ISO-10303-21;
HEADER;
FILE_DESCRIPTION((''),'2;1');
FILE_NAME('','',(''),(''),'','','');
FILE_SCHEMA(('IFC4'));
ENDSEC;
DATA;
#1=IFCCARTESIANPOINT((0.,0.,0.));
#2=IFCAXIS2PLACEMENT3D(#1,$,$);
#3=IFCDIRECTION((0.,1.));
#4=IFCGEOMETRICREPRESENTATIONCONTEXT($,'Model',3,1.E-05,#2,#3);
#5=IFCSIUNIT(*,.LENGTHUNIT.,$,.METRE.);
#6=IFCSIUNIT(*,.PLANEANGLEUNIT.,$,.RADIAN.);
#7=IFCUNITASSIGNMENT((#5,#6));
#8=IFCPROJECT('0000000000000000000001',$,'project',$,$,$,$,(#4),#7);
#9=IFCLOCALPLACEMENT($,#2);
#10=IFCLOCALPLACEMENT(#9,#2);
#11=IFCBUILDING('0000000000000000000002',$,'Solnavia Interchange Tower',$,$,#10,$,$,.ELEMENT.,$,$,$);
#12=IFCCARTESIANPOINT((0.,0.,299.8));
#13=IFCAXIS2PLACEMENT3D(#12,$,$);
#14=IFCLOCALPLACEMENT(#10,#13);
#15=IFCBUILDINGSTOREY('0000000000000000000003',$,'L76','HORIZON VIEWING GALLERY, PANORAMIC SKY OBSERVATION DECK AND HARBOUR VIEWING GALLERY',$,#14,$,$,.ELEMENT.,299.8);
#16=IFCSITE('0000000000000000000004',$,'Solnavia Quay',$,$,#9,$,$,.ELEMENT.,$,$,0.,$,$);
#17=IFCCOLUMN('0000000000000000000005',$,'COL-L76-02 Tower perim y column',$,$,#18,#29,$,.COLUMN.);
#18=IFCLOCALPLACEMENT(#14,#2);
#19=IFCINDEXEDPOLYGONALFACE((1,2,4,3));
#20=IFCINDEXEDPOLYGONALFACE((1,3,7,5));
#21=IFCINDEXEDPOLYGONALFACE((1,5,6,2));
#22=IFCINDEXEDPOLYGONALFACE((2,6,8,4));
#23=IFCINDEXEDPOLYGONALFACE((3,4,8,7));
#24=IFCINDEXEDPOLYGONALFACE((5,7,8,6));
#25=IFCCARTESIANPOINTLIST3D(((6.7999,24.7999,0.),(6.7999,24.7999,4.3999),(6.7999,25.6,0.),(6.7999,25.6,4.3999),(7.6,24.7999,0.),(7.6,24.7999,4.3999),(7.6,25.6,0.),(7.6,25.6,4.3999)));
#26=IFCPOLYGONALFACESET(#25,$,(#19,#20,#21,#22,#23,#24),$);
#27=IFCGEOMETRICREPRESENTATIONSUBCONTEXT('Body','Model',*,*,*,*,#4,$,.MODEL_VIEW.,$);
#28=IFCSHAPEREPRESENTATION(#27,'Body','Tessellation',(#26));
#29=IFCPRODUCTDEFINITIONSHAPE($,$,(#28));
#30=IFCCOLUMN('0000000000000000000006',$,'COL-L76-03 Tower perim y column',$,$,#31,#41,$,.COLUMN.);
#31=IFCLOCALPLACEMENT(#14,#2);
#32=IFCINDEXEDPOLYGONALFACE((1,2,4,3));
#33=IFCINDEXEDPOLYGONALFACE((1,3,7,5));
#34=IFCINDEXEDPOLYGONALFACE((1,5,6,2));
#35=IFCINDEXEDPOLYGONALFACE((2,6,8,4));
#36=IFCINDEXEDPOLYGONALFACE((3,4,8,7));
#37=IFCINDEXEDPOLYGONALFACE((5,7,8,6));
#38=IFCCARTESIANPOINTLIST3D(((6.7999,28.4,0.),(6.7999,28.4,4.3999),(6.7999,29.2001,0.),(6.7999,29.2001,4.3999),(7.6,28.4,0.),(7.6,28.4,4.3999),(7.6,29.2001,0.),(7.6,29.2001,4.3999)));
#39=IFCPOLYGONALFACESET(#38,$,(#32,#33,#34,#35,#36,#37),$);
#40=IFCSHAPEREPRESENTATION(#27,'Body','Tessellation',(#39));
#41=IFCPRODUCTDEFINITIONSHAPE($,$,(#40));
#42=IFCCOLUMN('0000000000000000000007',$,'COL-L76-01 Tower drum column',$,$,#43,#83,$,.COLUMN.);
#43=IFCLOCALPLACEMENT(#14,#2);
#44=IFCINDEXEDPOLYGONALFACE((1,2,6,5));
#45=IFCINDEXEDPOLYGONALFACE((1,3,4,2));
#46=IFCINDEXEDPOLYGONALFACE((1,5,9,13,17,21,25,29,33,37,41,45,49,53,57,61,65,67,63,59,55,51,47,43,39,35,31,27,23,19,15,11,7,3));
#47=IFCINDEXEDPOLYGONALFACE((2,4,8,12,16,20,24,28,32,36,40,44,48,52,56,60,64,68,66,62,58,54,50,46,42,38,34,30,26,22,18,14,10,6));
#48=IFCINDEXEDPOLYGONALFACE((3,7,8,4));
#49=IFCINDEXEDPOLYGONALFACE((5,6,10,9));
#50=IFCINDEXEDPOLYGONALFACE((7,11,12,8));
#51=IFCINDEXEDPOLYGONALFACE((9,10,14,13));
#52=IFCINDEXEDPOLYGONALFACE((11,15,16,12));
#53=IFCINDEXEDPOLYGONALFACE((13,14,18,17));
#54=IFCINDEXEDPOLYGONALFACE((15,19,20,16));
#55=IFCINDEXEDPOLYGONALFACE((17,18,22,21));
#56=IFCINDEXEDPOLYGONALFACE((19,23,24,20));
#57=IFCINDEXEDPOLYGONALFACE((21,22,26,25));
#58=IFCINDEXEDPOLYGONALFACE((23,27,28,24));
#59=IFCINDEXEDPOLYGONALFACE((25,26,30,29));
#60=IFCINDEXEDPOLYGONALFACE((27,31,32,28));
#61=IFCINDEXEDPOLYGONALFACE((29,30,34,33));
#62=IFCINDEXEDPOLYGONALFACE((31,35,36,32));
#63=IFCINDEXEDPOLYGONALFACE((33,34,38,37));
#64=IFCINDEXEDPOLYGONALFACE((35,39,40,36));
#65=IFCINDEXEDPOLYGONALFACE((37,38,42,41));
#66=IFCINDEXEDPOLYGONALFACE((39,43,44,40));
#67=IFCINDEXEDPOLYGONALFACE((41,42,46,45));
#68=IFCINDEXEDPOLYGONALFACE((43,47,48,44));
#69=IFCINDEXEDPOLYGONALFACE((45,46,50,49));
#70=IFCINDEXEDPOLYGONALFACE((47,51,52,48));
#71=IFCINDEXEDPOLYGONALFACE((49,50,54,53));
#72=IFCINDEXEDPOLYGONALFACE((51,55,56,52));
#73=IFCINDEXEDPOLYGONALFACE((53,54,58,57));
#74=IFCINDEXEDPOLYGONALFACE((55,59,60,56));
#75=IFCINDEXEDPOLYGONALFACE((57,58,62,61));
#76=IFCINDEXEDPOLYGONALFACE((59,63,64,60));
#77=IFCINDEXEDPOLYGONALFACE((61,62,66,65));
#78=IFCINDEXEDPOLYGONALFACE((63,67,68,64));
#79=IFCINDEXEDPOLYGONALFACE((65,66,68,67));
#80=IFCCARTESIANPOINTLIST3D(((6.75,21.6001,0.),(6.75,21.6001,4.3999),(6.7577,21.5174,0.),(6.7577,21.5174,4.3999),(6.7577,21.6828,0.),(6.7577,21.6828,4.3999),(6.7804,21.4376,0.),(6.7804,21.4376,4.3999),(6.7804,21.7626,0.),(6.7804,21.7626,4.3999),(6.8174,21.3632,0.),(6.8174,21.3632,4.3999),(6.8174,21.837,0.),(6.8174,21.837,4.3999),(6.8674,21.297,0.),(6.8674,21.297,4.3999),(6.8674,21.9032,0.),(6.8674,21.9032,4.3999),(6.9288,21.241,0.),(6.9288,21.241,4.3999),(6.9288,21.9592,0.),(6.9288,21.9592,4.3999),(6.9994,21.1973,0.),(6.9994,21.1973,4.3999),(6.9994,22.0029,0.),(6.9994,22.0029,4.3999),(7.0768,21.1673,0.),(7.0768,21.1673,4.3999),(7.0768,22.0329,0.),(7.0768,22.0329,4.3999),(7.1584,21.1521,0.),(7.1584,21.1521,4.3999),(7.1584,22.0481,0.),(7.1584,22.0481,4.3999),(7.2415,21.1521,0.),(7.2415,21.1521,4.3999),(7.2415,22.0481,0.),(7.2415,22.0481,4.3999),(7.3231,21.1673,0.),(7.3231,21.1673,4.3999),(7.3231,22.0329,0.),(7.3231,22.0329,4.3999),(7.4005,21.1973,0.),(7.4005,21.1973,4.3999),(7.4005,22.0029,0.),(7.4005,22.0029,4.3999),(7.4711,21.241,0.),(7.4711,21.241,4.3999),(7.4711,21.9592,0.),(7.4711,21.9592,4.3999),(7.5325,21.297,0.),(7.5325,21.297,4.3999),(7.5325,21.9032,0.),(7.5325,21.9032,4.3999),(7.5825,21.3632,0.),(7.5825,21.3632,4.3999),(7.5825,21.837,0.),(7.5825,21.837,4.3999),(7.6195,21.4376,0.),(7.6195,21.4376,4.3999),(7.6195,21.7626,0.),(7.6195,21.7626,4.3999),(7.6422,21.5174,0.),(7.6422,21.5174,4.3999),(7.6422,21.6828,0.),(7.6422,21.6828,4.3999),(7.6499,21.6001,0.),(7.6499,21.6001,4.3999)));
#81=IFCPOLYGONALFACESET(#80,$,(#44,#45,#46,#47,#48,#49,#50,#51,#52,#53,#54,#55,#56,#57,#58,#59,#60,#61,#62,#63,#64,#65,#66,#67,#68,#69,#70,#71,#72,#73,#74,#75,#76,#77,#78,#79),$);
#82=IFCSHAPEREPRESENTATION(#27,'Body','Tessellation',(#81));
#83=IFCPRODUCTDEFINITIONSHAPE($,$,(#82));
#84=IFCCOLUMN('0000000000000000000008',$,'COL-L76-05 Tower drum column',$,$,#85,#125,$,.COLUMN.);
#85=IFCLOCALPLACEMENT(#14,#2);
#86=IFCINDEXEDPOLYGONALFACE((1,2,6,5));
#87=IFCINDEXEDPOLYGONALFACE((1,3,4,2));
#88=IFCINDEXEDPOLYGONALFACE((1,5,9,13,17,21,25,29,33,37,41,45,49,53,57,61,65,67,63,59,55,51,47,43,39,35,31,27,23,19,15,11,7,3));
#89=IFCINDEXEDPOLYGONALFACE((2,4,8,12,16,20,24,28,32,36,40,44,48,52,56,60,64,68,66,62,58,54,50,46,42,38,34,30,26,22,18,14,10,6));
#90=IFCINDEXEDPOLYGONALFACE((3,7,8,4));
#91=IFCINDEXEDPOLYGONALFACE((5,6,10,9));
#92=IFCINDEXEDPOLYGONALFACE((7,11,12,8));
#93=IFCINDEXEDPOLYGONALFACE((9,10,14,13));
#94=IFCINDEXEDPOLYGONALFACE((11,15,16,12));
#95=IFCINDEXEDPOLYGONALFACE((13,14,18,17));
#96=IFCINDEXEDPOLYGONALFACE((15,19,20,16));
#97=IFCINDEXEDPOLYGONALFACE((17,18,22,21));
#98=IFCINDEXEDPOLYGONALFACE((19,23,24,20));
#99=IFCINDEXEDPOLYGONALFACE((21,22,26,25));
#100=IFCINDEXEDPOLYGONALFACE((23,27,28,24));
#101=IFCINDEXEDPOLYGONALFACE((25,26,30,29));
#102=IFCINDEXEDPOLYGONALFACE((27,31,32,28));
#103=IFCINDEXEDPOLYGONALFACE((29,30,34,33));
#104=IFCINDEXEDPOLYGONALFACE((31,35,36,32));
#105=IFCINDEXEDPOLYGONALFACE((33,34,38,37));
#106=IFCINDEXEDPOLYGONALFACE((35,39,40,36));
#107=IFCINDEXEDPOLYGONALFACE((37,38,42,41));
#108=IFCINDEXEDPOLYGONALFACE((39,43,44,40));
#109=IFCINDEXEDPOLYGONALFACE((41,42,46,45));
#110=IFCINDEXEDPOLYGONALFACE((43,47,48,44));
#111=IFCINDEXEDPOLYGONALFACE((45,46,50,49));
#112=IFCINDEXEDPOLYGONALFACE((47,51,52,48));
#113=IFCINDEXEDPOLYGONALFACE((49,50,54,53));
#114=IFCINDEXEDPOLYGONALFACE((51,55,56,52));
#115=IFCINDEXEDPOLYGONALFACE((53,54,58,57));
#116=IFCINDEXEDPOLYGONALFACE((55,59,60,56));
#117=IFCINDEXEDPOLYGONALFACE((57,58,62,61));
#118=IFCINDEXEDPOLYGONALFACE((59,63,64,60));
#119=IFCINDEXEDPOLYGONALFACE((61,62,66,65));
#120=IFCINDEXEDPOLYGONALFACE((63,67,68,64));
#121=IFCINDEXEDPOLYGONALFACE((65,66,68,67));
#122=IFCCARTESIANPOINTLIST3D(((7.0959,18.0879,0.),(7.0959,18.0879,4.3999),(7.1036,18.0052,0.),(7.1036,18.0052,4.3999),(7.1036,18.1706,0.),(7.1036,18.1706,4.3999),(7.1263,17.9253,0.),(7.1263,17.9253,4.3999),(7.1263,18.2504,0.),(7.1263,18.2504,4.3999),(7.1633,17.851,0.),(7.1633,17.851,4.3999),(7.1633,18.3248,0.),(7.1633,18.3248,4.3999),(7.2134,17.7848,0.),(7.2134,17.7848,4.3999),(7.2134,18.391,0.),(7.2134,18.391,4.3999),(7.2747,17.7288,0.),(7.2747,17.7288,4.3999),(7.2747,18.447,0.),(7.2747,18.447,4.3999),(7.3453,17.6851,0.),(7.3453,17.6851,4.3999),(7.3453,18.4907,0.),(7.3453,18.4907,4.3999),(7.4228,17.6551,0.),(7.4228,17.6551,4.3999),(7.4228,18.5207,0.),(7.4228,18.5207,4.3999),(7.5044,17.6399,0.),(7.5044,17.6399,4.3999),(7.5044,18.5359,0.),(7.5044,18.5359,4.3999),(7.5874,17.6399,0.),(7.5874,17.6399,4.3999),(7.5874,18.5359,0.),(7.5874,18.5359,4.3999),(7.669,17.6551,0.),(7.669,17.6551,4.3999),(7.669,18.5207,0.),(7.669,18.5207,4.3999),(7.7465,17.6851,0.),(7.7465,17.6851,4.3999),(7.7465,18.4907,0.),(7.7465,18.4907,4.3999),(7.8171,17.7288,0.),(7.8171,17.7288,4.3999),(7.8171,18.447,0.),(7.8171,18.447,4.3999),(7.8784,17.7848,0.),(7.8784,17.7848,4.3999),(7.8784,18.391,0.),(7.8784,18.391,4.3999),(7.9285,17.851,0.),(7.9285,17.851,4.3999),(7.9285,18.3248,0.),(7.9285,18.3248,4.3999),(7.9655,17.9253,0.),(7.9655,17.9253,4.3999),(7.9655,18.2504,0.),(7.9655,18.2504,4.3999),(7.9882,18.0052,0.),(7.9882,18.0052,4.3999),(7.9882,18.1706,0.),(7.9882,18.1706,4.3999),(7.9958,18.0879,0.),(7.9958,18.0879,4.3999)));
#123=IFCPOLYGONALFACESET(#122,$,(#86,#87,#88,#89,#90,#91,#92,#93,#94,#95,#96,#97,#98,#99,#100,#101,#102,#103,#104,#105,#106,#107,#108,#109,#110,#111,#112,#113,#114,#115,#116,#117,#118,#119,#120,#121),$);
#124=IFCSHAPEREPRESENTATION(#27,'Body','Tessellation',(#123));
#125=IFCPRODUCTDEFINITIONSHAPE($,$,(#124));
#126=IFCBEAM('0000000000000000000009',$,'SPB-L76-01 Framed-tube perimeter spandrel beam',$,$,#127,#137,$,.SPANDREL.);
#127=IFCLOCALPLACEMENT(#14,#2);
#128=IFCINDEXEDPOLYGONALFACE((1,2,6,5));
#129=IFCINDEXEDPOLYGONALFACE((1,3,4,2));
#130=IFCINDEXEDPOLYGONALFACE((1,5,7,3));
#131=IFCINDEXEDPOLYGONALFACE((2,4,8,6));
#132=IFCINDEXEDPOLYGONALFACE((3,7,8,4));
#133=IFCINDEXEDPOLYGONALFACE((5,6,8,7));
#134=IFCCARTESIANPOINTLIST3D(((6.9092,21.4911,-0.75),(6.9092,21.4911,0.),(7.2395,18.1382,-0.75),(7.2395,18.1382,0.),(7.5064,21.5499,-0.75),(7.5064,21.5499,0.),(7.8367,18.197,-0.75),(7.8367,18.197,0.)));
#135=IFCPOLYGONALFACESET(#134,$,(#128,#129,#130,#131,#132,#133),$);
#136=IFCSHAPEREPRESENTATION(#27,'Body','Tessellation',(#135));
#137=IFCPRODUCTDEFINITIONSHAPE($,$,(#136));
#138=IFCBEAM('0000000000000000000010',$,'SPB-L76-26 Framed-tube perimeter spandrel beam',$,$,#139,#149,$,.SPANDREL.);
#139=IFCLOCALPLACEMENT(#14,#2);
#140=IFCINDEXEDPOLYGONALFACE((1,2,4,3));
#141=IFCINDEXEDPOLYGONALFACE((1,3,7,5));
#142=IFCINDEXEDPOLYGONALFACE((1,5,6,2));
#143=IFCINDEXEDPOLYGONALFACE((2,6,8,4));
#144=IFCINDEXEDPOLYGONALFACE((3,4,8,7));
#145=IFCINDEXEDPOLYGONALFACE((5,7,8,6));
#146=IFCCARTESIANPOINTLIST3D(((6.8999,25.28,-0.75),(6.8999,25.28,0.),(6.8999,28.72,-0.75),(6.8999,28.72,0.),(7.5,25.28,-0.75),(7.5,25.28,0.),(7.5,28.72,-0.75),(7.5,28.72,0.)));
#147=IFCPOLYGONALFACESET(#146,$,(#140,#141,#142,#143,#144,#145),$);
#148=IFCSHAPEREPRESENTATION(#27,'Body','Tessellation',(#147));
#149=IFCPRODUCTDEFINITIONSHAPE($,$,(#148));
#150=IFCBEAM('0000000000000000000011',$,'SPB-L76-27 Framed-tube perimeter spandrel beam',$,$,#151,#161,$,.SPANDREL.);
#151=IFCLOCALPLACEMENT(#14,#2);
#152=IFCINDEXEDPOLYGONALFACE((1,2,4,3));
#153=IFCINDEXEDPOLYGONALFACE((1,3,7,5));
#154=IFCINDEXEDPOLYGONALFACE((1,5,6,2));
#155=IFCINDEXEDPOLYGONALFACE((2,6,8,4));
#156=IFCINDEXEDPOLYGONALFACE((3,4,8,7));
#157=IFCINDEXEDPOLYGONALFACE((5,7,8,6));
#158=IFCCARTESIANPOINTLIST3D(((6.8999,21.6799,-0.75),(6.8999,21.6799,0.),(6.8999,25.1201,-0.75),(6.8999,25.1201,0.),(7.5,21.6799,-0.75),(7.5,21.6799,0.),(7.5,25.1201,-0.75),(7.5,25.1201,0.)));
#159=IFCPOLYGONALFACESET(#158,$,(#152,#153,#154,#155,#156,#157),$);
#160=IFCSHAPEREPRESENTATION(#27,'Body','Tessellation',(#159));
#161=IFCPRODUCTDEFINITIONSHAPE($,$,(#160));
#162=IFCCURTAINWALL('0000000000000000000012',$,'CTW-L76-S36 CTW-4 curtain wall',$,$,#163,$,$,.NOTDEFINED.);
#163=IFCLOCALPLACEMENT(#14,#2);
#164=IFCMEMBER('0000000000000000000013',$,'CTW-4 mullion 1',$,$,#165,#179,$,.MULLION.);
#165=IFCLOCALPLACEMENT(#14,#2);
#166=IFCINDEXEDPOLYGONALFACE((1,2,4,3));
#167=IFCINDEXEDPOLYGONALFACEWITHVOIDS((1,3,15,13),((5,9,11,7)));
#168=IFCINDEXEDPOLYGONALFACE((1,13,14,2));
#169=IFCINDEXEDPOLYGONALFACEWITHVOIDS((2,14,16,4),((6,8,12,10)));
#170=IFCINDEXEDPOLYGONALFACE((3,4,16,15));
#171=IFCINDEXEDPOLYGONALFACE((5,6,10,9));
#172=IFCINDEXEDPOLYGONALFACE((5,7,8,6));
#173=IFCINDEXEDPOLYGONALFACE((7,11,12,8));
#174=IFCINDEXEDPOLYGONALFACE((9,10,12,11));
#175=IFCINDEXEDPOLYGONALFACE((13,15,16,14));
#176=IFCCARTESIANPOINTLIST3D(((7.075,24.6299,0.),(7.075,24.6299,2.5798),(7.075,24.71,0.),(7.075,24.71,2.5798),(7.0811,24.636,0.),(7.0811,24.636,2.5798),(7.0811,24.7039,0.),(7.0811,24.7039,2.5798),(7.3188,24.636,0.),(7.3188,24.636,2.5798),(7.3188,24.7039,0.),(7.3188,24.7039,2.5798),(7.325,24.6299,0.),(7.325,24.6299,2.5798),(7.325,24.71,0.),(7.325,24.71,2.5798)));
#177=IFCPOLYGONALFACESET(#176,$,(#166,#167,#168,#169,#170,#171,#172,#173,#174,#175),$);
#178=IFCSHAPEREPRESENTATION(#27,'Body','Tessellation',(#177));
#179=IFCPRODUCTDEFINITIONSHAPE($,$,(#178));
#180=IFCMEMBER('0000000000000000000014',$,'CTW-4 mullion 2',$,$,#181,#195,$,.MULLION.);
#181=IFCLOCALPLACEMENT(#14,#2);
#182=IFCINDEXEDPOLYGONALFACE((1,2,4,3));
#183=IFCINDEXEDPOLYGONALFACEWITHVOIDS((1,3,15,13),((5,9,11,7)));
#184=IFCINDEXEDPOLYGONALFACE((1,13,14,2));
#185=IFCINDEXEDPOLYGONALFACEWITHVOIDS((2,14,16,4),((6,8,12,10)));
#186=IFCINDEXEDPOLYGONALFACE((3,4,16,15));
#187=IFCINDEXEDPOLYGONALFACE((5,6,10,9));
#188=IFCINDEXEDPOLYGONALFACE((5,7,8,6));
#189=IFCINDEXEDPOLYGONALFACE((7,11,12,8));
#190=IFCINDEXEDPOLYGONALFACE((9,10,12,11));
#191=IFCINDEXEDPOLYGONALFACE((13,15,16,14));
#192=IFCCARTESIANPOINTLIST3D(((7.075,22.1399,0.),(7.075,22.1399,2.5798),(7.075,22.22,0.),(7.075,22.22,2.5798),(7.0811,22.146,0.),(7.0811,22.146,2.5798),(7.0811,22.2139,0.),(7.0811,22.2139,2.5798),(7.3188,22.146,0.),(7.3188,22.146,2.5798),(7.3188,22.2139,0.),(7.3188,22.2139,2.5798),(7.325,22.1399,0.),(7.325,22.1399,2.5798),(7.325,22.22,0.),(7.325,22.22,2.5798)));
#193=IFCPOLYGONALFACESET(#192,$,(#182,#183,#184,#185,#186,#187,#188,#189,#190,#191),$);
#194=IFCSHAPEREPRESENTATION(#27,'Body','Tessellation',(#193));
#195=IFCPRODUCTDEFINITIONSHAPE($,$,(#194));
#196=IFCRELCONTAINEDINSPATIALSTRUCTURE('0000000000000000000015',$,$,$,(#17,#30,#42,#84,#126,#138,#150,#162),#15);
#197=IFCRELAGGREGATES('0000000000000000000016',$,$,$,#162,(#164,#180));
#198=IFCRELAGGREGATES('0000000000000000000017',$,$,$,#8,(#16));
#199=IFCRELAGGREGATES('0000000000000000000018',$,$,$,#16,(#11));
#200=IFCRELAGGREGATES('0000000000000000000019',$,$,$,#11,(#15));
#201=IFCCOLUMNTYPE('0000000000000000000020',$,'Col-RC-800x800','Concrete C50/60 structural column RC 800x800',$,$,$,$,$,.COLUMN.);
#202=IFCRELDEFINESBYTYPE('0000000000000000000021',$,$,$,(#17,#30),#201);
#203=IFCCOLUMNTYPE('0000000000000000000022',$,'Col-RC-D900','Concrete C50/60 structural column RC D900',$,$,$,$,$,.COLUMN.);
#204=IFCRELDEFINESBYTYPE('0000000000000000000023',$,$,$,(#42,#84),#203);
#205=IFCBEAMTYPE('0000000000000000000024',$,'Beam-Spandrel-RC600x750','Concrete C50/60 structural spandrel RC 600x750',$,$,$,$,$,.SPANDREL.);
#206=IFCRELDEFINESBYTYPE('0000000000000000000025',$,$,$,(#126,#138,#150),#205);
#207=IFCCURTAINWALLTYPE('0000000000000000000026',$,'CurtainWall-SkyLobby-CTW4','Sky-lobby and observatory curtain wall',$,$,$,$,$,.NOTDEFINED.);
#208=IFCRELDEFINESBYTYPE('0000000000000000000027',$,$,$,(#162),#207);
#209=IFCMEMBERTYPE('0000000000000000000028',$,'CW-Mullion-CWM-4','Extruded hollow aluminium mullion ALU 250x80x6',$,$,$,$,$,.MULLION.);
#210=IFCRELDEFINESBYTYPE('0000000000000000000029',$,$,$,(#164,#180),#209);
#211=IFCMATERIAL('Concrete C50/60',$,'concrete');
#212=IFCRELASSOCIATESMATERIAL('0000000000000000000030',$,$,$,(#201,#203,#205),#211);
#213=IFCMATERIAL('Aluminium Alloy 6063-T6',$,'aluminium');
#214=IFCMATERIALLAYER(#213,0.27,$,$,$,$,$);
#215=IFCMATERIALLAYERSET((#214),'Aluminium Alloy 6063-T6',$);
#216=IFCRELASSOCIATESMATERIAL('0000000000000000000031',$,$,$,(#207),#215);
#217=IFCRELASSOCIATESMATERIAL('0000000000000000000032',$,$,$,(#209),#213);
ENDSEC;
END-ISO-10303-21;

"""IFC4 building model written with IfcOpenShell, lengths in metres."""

from ifc_helpers import new_model, si_unit, direction, frame, origin, origin_2d, place, context, subcontext, project, spatial, rectangle, hollow_rectangle, circle, extrude, material, layer, layer_set, material_profile, profile_set, type_object, element, aggregate, save


model = new_model("IFC4")

# Units and contexts
model_context = context("Model", 3, precision=1e-05, world=origin(), true_north=direction((0.0, 1.0)))
body_context = subcontext(model_context, "Body", "Model", "MODEL_VIEW")
ifc_project = project(units=[si_unit("LENGTHUNIT", "METRE"), si_unit("PLANEANGLEUNIT", "RADIAN")], contexts=[model_context])

# Site, building, storey
site_placement = place(None, origin())
site = spatial("IfcSite", under=ifc_project, at=site_placement, Name="Solnavia Quay", CompositionType="ELEMENT", RefElevation=0.0)
building_placement = place(site_placement, origin())
building = spatial("IfcBuilding", under=site, at=building_placement, Name="Solnavia Interchange Tower", CompositionType="ELEMENT")
storey_placement = place(building_placement, frame((0.0, 0.0, 299.8)))
storey = spatial("IfcBuildingStorey", under=building, at=storey_placement, Name="L76", Description="HORIZON VIEWING GALLERY, PANORAMIC SKY OBSERVATION DECK AND HARBOUR VIEWING GALLERY", CompositionType="ELEMENT", Elevation=299.8)

# Columns
ifc_material_1 = material(Name="Concrete C50/60", Category="concrete")
ifc_material_profile_1 = material_profile(ifc_material_1, rectangle(XDim=0.8, YDim=0.8, at=origin_2d()), Name="RC 800x800")
ifc_profile_set_1 = profile_set([ifc_material_profile_1], Name="Concrete C50/60")
column_type_1 = type_object("IfcColumnType", Name="Col-RC-800x800", Description="Concrete C50/60 structural column RC 800x800", PredefinedType="COLUMN", material=ifc_profile_set_1)
for number, where, z_axis, x_axis, name in (
    (1, (7.2, 25.2, 0.0), (0.0, 0.0, 1.0), (0.0, 1.0, 0.0), "COL-L76-02 Tower perim y column"),
    (2, (7.2, 28.8, 0.0), (0.0, 0.0, 1.0), (0.0, 1.0, 0.0), "COL-L76-03 Tower perim y column"),
):
    element("IfcColumn", number, at=place(storey_placement, frame(where, z_axis=z_axis, x_axis=x_axis)), inside=storey, type_object=column_type_1, Name=name, PredefinedType="COLUMN", context=body_context, shape_type="SweptSolid", body=[
        extrude(rectangle(XDim=0.8, YDim=0.8, at=origin_2d()), origin(), (0.0, 0.0, 1.0), 4.3999),
    ])
ifc_material_profile_2 = material_profile(ifc_material_1, circle(Radius=0.45, at=origin_2d()), Name="RC D900")
ifc_profile_set_2 = profile_set([ifc_material_profile_2], Name="Concrete C50/60")
column_type_2 = type_object("IfcColumnType", Name="Col-RC-D900", Description="Concrete C50/60 structural column RC D900", PredefinedType="COLUMN", material=ifc_profile_set_2)
for number, where, z_axis, x_axis, name in (
    (3, (7.2, 21.6001, 0.0), (0.0, 0.0, 1.0), (1.0, 0.0, 0.0), "COL-L76-01 Tower drum column"),
    (4, (7.5459, 18.0879, 0.0), (0.0, 0.0, 1.0), (1.0, 0.0, 0.0), "COL-L76-05 Tower drum column"),
):
    element("IfcColumn", number, at=place(storey_placement, frame(where, z_axis=z_axis, x_axis=x_axis)), inside=storey, type_object=column_type_2, Name=name, PredefinedType="COLUMN", context=body_context, shape_type="SweptSolid", body=[
        extrude(circle(Radius=0.45, at=origin_2d()), origin(), (0.0, 0.0, 1.0), 4.3999),
    ])

# Beams
ifc_material_profile_3 = material_profile(ifc_material_1, rectangle(XDim=0.6001, YDim=0.75, at=origin_2d()), Name="RC 600x750")
ifc_profile_set_3 = profile_set([ifc_material_profile_3], Name="Concrete C50/60")
beam_type = type_object("IfcBeamType", Name="Beam-Spandrel-RC600x750", Description="Concrete C50/60 structural spandrel RC 600x750", PredefinedType="SPANDREL", material=ifc_profile_set_3)
beam_1_placement = place(storey_placement, frame((7.2078, 21.5205, -0.375), z_axis=(0.09804, -0.995182, 0.0), x_axis=(0.995182, 0.09804, 0.0)))
element("IfcBeam", 5, at=beam_1_placement, inside=storey, type_object=beam_type, Name="SPB-L76-01 Framed-tube perimeter spandrel beam", PredefinedType="SPANDREL", context=body_context, shape_type="SweptSolid", body=[
    extrude(rectangle(XDim=0.6001, YDim=0.75, at=origin_2d()), origin(), (0.0, 0.0, 1.0), 3.3691),
])
beam_2_placement = place(storey_placement, frame((7.2, 28.72, -0.375), z_axis=(0.0, -1.0, 0.0), x_axis=(1.0, 0.0, 0.0)))
element("IfcBeam", 6, at=beam_2_placement, inside=storey, type_object=beam_type, Name="SPB-L76-26 Framed-tube perimeter spandrel beam", PredefinedType="SPANDREL", context=body_context, shape_type="SweptSolid", body=[
    extrude(rectangle(XDim=0.6001, YDim=0.75, at=origin_2d()), origin(), (0.0, 0.0, 1.0), 3.4399),
])
beam_3_placement = place(storey_placement, frame((7.2, 25.1201, -0.375), z_axis=(0.0, -1.0, 0.0), x_axis=(1.0, 0.0, 0.0)))
element("IfcBeam", 7, at=beam_3_placement, inside=storey, type_object=beam_type, Name="SPB-L76-27 Framed-tube perimeter spandrel beam", PredefinedType="SPANDREL", context=body_context, shape_type="SweptSolid", body=[
    extrude(rectangle(XDim=0.6001, YDim=0.75, at=origin_2d()), origin(), (0.0, 0.0, 1.0), 3.4402),
])

# Curtain wall, members
ifc_material_2 = material(Name="Aluminium Alloy 6063-T6", Category="aluminium")
ifc_layer_1 = layer(ifc_material_2, 0.27)
ifc_layer_set_1 = layer_set([ifc_layer_1], Name="Aluminium Alloy 6063-T6")
curtain_wall_type = type_object("IfcCurtainWallType", Name="CurtainWall-SkyLobby-CTW4", Description="Sky-lobby and observatory curtain wall", PredefinedType="NOTDEFINED", material=ifc_layer_set_1)
curtain_wall_placement = place(storey_placement, origin())
curtain_wall = element("IfcCurtainWall", 8, at=curtain_wall_placement, inside=storey, type_object=curtain_wall_type, Name="CTW-L76-S36 CTW-4 curtain wall", PredefinedType="NOTDEFINED")
ifc_material_profile_4 = material_profile(ifc_material_2, hollow_rectangle(XDim=0.0801, YDim=0.25, WallThickness=0.0061, at=origin_2d()), Name="ALU 250x80x6")
ifc_profile_set_4 = profile_set([ifc_material_profile_4], Name="Aluminium Alloy 6063-T6")
member_type_1 = type_object("IfcMemberType", Name="CW-Mullion-CWM-4", Description="Extruded hollow aluminium mullion ALU 250x80x6", PredefinedType="MULLION", material=ifc_profile_set_4)
member_1_placement = place(storey_placement, frame((7.2, 24.6699, 0.0), z_axis=(0.0, 0.0, 1.0), x_axis=(0.0, -1.0, 0.0)))
member_1 = element("IfcMember", 9, at=member_1_placement, type_object=member_type_1, Name="CTW-4 mullion 1", PredefinedType="MULLION", context=body_context, shape_type="SweptSolid", body=[
    extrude(hollow_rectangle(XDim=0.0801, YDim=0.25, WallThickness=0.0061, at=origin_2d()), origin(), (0.0, 0.0, 1.0), 2.5798),
])
member_2_placement = place(storey_placement, frame((7.2, 22.1799, 0.0), z_axis=(0.0, 0.0, 1.0), x_axis=(0.0, -1.0, 0.0)))
member_2 = element("IfcMember", 10, at=member_2_placement, type_object=member_type_1, Name="CTW-4 mullion 2", PredefinedType="MULLION", context=body_context, shape_type="SweptSolid", body=[
    extrude(hollow_rectangle(XDim=0.0801, YDim=0.25, WallThickness=0.0061, at=origin_2d()), origin(), (0.0, 0.0, 1.0), 2.5798),
])
aggregate(curtain_wall, [member_1, member_2])

save(model, "model.ifc")
